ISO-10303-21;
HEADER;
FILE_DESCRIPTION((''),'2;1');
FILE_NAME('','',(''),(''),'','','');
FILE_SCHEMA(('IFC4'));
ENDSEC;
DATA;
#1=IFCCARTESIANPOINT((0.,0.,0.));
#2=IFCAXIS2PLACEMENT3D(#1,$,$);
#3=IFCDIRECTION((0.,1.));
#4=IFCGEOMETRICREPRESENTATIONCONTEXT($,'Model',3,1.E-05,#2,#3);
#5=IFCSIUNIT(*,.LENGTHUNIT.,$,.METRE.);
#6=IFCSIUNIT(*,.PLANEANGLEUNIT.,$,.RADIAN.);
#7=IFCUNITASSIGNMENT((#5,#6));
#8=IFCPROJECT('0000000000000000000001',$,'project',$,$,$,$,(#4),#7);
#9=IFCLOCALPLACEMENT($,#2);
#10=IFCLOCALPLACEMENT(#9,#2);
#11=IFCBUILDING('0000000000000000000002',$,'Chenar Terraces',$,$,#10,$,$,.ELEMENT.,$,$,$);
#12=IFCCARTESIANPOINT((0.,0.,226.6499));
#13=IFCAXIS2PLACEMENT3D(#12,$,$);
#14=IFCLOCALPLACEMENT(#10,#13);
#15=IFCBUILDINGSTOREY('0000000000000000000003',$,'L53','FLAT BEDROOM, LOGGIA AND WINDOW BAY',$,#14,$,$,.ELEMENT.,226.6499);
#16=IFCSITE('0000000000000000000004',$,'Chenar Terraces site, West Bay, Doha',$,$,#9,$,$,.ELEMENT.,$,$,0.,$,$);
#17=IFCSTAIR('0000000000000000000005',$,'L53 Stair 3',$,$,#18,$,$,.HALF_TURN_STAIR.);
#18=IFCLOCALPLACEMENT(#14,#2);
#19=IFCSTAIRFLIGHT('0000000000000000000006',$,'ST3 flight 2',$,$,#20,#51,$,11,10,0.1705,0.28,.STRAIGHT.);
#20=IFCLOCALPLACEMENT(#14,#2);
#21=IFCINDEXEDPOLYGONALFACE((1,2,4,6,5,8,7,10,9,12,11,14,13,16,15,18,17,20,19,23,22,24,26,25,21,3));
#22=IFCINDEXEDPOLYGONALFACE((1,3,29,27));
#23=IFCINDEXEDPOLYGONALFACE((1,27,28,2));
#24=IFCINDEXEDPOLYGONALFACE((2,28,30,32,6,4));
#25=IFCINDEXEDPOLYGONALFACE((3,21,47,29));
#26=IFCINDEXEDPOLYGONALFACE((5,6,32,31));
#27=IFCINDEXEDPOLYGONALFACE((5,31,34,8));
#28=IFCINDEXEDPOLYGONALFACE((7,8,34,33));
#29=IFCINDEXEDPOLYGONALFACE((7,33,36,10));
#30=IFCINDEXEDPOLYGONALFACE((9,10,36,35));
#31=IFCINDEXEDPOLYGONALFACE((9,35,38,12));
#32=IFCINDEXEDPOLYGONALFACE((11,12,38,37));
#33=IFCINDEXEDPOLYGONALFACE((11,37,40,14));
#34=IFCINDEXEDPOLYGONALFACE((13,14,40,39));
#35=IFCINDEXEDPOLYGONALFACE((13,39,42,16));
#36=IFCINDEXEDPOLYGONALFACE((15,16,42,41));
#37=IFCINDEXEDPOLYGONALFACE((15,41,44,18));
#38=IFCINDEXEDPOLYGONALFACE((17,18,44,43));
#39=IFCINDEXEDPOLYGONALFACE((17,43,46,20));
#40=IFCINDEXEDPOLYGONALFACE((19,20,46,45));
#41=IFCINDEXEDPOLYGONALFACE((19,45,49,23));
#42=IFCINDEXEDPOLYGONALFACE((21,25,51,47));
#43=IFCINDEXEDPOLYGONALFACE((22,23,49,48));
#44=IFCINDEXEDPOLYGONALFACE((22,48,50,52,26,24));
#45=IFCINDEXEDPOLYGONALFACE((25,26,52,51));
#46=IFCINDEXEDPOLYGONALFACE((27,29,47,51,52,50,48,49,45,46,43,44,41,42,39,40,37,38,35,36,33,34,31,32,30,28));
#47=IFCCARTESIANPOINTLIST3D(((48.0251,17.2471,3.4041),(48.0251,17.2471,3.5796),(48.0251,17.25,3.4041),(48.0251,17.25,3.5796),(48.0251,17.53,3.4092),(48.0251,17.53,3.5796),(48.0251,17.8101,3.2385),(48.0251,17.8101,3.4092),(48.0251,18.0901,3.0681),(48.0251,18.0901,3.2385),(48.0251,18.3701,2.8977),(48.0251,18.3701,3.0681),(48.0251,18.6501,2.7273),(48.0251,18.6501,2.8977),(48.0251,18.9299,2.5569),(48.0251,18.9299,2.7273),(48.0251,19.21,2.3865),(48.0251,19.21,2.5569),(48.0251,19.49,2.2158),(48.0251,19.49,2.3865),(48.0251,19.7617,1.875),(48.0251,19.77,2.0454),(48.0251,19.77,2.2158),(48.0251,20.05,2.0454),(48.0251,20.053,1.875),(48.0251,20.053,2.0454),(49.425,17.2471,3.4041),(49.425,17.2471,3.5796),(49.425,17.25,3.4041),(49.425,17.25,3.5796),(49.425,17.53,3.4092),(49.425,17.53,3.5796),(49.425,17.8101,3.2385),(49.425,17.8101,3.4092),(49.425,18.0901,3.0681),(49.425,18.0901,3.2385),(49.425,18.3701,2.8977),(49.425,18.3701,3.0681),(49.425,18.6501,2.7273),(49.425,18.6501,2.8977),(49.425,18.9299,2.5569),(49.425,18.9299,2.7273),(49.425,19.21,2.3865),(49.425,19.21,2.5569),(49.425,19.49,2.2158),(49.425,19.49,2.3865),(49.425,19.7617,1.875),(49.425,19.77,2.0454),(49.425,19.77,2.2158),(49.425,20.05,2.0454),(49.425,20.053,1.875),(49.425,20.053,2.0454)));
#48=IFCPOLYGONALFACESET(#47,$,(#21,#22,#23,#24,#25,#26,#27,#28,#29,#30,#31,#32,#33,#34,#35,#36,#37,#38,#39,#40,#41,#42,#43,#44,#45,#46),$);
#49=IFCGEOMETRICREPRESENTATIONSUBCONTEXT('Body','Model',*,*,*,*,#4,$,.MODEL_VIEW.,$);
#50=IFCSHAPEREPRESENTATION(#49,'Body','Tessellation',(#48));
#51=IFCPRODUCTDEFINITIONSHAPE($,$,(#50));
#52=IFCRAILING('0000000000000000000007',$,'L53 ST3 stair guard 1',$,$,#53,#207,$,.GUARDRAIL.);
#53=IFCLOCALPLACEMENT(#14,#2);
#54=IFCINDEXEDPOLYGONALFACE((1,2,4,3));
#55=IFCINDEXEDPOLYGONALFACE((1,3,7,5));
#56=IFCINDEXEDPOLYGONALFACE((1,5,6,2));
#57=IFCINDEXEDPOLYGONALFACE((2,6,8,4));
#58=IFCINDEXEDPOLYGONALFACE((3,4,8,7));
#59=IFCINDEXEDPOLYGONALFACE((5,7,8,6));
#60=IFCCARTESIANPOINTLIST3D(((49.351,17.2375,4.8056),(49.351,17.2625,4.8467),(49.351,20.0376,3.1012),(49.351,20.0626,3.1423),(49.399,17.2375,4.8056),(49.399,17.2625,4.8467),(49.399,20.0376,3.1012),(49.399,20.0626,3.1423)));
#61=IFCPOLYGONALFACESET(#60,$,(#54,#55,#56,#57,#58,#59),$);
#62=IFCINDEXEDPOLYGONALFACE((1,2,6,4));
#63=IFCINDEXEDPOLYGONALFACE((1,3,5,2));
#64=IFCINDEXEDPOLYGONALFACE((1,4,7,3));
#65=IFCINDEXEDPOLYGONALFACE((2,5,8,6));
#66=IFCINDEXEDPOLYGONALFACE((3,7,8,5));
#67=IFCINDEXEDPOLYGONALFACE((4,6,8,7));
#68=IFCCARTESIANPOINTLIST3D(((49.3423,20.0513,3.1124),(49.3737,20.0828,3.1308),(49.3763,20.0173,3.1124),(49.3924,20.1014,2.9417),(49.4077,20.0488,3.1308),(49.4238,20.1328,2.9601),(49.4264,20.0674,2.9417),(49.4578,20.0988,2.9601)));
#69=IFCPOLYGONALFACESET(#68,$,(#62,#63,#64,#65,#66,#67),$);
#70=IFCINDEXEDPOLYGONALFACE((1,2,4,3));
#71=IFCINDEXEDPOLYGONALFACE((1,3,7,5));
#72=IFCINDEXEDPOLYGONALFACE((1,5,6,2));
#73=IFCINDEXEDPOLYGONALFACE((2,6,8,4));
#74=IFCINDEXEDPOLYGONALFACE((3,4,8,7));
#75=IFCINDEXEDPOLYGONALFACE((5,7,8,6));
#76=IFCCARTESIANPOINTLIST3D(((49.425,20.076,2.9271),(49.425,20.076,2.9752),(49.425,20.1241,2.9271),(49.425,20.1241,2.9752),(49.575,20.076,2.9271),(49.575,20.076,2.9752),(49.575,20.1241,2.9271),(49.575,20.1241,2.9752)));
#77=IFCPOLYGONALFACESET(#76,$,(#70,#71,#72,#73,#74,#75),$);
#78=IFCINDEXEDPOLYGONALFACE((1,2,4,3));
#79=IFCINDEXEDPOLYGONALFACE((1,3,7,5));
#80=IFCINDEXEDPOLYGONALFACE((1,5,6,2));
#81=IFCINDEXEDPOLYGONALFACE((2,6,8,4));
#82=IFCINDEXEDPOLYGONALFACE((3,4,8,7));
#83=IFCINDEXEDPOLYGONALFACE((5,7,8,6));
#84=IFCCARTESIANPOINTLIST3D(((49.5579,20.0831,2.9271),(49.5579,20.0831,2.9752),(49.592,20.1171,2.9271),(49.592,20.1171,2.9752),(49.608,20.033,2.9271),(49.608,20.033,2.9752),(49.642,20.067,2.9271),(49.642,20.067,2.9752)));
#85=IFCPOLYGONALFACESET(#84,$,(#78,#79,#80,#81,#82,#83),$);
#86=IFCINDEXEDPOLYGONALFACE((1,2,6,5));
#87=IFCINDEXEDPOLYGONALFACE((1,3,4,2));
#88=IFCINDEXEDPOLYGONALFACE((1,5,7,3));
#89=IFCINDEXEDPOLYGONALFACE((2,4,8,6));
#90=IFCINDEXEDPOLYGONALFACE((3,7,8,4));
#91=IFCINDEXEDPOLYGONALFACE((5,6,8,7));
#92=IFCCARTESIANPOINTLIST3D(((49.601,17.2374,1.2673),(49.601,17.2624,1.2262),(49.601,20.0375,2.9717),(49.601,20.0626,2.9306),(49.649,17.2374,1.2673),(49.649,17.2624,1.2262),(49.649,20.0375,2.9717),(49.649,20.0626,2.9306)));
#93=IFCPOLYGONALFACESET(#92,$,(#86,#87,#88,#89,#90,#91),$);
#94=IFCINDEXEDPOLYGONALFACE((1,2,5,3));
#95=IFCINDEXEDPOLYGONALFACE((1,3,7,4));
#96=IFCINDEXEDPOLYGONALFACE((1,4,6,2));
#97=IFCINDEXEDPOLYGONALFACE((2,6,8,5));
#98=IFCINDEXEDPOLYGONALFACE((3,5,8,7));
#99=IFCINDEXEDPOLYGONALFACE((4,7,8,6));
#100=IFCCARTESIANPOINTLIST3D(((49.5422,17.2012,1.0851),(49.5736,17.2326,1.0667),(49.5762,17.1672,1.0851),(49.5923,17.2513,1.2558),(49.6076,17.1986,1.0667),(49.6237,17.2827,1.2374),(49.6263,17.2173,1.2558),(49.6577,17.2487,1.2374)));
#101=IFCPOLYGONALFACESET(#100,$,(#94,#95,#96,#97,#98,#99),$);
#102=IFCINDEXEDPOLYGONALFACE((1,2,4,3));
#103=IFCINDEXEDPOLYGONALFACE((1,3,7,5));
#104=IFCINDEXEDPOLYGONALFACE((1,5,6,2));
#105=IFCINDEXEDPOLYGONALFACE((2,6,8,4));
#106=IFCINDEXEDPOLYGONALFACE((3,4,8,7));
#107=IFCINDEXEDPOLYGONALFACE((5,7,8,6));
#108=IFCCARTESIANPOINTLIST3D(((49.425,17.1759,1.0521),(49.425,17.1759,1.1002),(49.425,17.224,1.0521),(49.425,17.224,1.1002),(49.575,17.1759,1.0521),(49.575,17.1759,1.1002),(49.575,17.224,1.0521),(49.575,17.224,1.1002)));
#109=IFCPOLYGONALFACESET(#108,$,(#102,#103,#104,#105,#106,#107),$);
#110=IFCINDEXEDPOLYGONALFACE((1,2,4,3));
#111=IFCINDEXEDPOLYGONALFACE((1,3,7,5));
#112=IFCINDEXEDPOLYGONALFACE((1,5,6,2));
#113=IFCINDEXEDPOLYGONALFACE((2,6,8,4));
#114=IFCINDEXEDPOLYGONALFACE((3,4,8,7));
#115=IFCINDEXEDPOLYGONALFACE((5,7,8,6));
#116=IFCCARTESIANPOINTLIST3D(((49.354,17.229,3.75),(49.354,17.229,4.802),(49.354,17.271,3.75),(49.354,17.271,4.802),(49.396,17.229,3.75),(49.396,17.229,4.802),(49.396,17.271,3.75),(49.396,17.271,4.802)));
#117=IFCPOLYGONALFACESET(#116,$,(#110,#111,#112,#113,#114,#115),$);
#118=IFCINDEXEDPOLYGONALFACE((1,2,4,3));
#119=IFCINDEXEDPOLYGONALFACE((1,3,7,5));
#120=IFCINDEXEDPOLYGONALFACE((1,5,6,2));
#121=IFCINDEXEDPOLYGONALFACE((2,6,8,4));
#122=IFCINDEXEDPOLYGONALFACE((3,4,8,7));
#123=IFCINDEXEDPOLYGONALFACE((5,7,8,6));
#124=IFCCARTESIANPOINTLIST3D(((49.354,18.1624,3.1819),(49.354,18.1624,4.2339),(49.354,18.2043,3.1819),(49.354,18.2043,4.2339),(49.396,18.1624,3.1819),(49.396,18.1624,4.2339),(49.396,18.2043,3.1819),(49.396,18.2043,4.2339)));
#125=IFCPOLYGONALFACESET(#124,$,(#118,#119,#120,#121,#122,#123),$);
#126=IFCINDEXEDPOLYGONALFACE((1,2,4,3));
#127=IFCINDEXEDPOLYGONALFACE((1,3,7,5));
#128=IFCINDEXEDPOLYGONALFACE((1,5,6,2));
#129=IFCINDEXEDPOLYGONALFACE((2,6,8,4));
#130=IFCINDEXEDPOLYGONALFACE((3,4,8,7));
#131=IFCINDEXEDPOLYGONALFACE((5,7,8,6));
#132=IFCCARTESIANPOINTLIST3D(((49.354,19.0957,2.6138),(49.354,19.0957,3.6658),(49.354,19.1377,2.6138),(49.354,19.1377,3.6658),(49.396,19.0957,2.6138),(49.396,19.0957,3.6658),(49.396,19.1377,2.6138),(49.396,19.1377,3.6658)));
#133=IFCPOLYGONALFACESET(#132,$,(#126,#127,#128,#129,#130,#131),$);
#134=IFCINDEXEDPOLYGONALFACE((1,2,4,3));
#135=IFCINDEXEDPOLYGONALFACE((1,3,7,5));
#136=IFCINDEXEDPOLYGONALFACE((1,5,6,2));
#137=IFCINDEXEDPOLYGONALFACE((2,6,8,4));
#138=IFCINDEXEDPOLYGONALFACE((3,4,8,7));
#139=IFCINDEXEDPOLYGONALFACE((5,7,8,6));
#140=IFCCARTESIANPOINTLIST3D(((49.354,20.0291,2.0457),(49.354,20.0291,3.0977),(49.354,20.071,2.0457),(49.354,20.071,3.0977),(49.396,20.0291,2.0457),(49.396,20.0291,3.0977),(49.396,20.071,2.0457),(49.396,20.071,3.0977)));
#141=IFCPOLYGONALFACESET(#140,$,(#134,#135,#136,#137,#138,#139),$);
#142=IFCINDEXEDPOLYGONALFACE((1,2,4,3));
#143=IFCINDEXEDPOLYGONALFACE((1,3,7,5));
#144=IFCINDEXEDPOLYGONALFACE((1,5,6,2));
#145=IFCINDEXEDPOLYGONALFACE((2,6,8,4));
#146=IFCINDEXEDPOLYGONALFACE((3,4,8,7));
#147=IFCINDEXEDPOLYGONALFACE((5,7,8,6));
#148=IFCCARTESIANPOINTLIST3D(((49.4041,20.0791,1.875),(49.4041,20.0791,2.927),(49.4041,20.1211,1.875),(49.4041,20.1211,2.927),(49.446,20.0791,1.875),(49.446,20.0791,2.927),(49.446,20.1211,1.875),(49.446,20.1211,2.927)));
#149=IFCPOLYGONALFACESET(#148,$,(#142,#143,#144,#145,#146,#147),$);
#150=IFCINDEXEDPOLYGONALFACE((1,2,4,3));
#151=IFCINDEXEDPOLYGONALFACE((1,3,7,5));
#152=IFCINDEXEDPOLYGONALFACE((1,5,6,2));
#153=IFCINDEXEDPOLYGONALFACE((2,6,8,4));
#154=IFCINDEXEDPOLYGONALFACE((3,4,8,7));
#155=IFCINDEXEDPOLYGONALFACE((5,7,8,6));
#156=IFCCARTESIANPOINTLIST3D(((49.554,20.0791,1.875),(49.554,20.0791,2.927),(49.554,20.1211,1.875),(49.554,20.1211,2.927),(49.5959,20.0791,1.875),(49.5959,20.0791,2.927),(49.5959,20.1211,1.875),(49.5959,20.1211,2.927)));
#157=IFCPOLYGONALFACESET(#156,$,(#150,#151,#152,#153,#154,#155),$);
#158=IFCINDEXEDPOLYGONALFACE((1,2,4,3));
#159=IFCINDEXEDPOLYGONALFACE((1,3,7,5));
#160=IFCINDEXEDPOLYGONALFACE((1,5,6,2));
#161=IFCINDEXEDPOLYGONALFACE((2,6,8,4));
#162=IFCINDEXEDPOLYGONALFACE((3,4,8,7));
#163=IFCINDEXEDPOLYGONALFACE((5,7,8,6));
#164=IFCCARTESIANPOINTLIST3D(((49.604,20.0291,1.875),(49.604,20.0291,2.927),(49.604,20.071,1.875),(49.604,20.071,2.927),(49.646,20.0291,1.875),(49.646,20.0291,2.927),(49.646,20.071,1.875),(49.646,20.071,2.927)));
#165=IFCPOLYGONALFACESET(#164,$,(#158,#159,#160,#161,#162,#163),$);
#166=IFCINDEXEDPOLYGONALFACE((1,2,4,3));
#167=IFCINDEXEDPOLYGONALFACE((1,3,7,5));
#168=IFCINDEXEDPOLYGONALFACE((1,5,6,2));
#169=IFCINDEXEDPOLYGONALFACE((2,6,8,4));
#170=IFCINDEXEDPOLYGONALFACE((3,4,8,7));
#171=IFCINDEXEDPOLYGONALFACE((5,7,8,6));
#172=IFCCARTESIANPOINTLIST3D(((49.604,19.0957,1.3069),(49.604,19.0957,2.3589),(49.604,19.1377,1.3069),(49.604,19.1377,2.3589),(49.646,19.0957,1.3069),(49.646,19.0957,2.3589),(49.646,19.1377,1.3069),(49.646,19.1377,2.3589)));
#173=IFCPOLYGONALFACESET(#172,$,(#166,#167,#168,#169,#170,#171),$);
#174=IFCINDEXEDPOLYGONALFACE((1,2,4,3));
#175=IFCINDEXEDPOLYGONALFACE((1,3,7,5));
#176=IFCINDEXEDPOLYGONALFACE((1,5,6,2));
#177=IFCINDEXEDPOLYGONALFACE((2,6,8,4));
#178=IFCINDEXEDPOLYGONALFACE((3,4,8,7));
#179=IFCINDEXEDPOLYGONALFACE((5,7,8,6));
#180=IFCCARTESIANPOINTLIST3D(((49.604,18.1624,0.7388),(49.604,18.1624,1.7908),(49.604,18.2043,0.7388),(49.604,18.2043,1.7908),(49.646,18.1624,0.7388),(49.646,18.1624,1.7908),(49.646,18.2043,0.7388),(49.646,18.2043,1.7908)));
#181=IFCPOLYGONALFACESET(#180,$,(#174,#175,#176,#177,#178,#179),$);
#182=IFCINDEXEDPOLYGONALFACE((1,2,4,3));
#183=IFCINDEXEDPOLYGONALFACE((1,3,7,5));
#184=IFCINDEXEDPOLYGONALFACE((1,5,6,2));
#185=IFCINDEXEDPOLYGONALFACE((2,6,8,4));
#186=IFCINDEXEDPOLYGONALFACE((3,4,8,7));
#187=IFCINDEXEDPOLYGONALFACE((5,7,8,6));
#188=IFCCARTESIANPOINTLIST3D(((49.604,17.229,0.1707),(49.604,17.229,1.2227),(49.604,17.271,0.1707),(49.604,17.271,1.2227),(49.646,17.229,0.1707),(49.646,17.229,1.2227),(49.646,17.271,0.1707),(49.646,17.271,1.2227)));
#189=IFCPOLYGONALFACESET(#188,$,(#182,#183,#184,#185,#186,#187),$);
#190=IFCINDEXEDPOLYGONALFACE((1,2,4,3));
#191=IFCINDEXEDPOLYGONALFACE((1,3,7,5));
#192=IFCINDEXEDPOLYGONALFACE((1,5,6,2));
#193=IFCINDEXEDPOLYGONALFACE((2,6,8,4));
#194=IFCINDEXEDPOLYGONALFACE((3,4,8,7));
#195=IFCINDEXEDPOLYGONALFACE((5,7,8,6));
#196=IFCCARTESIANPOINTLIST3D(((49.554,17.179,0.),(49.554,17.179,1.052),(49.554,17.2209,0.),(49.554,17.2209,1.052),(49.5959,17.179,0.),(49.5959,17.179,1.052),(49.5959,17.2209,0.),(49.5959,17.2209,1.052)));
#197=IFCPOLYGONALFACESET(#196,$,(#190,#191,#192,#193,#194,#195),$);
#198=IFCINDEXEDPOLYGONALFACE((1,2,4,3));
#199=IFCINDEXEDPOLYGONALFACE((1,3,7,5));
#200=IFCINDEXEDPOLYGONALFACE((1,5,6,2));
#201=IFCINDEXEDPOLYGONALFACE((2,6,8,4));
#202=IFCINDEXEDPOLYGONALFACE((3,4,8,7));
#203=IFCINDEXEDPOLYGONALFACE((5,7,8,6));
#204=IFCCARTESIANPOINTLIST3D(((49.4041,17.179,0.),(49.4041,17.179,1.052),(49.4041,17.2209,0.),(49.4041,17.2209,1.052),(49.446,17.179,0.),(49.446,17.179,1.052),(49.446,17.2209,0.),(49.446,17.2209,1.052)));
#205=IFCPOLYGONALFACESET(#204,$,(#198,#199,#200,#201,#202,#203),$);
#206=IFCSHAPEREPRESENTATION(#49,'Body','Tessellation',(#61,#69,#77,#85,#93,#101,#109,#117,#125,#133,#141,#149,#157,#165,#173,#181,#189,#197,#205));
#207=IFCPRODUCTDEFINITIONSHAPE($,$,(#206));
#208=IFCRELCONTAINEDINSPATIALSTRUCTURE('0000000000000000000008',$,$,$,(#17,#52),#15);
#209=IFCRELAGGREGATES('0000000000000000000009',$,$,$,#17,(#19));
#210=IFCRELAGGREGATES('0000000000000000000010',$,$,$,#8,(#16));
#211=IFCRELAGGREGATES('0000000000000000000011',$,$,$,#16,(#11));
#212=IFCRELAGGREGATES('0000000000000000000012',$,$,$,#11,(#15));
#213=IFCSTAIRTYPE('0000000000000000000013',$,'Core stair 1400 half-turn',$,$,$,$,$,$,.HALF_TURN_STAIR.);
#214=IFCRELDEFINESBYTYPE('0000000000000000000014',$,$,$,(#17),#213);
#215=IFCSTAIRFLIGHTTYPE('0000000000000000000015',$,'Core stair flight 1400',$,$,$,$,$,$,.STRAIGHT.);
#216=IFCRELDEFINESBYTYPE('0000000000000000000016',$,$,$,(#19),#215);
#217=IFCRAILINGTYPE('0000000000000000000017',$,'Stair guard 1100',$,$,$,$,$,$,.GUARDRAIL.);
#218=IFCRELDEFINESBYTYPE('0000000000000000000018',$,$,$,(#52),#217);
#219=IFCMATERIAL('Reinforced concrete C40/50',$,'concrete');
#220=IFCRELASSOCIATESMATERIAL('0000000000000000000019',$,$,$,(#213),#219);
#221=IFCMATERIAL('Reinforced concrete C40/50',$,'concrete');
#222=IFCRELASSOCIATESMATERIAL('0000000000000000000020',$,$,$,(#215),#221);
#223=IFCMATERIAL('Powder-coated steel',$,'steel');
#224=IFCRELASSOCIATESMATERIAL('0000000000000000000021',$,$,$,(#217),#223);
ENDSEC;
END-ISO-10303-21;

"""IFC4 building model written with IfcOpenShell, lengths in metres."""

from ifc_helpers import new_model, si_unit, direction, frame, origin, origin_2d, place, context, subcontext, project, spatial, polyline, rectangle, outline, extrude, material, type_object, element, aggregate, save


model = new_model("IFC4")

# Units and contexts
model_context = context("Model", 3, precision=1e-05, world=origin(), true_north=direction((0.0, 1.0)))
body_context = subcontext(model_context, "Body", "Model", "MODEL_VIEW")
ifc_project = project(units=[si_unit("LENGTHUNIT", "METRE"), si_unit("PLANEANGLEUNIT", "RADIAN")], contexts=[model_context])

# Site, building, storey
site_placement = place(None, origin())
site = spatial("IfcSite", under=ifc_project, at=site_placement, Name="Chenar Terraces site, West Bay, Doha", CompositionType="ELEMENT", RefElevation=0.0)
building_placement = place(site_placement, origin())
building = spatial("IfcBuilding", under=site, at=building_placement, Name="Chenar Terraces", CompositionType="ELEMENT")
storey_placement = place(building_placement, frame((0.0, 0.0, 226.6499)))
storey = spatial("IfcBuildingStorey", under=building, at=storey_placement, Name="L53", Description="FLAT BEDROOM, LOGGIA AND WINDOW BAY", CompositionType="ELEMENT", Elevation=226.6499)

# Stair, stair flight
ifc_material_1 = material(Name="Reinforced concrete C40/50", Category="concrete")
stair_type = type_object("IfcStairType", Name="Core stair 1400 half-turn", PredefinedType="HALF_TURN_STAIR", material=ifc_material_1)
stair_placement = place(storey_placement, origin())
stair = element("IfcStair", 1, at=stair_placement, inside=storey, type_object=stair_type, Name="L53 Stair 3", PredefinedType="HALF_TURN_STAIR")
ifc_material_2 = material(Name="Reinforced concrete C40/50", Category="concrete")
stair_flight_type = type_object("IfcStairFlightType", Name="Core stair flight 1400", PredefinedType="STRAIGHT", material=ifc_material_2)
stair_flight_1_placement = place(storey_placement, frame((48.7251, 20.05, 1.875), z_axis=(0.0, 0.0, 1.0), x_axis=(0.0, -1.0, 0.0)))
stair_flight_1 = element("IfcStairFlight", 2, at=stair_flight_1_placement, type_object=stair_flight_type, Name="ST3 flight 2", NumberOfRisers=11, NumberOfTreads=10, PredefinedType="STRAIGHT", RiserHeight=0.1705, TreadLength=0.28, context=body_context, shape_type="SweptSolid", body=[
    extrude(outline(polyline([(-0.0029, 0.0), (-0.0029, 0.1704), (0.0, 0.1704), (0.28, 0.1704), (0.28, 0.3408), (0.5601, 0.3408), (0.5601, 0.5115), (0.8401, 0.5115), (0.8401, 0.6819), (1.1201, 0.6819), (1.1201, 0.8523), (1.3999, 0.8523), (1.3999, 1.0227), (1.6799, 1.0227), (1.6799, 1.1931), (1.96, 1.1931), (1.96, 1.3635), (2.24, 1.3635), (2.24, 1.5342), (2.52, 1.5342), (2.52, 1.7046), (2.8, 1.7046), (2.803, 1.7046), (2.803, 1.5291), (2.8, 1.5291), (0.2883, 0.0), (-0.0029, 0.0)])), frame((0.0, 0.7, 0.0), z_axis=(0.0, -1.0, 0.0), x_axis=(1.0, 0.0, 0.0)), (0.0, 0.0, 1.0), 1.3999),
])
aggregate(stair, [stair_flight_1])

# Railing
ifc_material_3 = material(Name="Powder-coated steel", Category="steel")
railing_type_1 = type_object("IfcRailingType", Name="Stair guard 1100", PredefinedType="GUARDRAIL", material=ifc_material_3)
railing_1_placement = place(storey_placement, frame((49.375, 17.25, 3.75)))
element("IfcRailing", 3, at=railing_1_placement, inside=storey, type_object=railing_type_1, Name="L53 ST3 stair guard 1", PredefinedType="GUARDRAIL", context=body_context, shape_type="SweptSolid", body=[
    extrude(rectangle(XDim=0.0481, YDim=0.0481, at=origin_2d()), frame((0.0, 0.0, 1.0762), z_axis=(0.0, 0.854203, -0.51994), x_axis=(-1.0, 0.0, 0.0)), (0.0, 0.0, 1.0), 3.2781),
    extrude(rectangle(XDim=0.0481, YDim=0.0481, at=origin_2d()), frame((0.0, 2.8, -0.6284), z_axis=(0.2709, 0.2709, -0.923703), x_axis=(-0.707107, 0.707107, 0.0)), (0.0, 0.0, 1.0), 0.1848),
    extrude(rectangle(XDim=0.0481, YDim=0.0481, at=origin_2d()), frame((0.05, 2.8501, -0.7988), z_axis=(1.0, 0.0, 0.0), x_axis=(0.0, 1.0, 0.0)), (0.0, 0.0, 1.0), 0.1499),
    extrude(rectangle(XDim=0.0481, YDim=0.0481, at=origin_2d()), frame((0.2, 2.8501, -0.7988), z_axis=(0.707107, -0.707107, 0.0), x_axis=(0.707107, 0.707107, 0.0)), (0.0, 0.0, 1.0), 0.0708),
    extrude(rectangle(XDim=0.0481, YDim=0.0481, at=origin_2d()), frame((0.25, 2.8, -0.7988), z_axis=(0.0, -0.854203, -0.51994), x_axis=(1.0, 0.0, 0.0)), (0.0, 0.0, 1.0), 3.2781),
    extrude(rectangle(XDim=0.0481, YDim=0.0481, at=origin_2d()), frame((0.25, 0.0, -2.5034), z_axis=(-0.2709, -0.2709, -0.923703), x_axis=(0.707107, -0.707107, 0.0)), (0.0, 0.0, 1.0), 0.1848),
    extrude(rectangle(XDim=0.0481, YDim=0.0481, at=origin_2d()), frame((0.2, -0.05, -2.6738), z_axis=(-1.0, 0.0, 0.0), x_axis=(0.0, -1.0, 0.0)), (0.0, 0.0, 1.0), 0.1499),
    extrude(rectangle(XDim=0.042, YDim=0.042, at=origin_2d()), origin(), (0.0, 0.0, 1.0), 1.052),
    extrude(rectangle(XDim=0.042, YDim=0.042, at=origin_2d()), frame((0.0, 0.9333, -0.5681)), (0.0, 0.0, 1.0), 1.052),
    extrude(rectangle(XDim=0.042, YDim=0.042, at=origin_2d()), frame((0.0, 1.8667, -1.1362)), (0.0, 0.0, 1.0), 1.052),
    extrude(rectangle(XDim=0.042, YDim=0.042, at=origin_2d()), frame((0.0, 2.8, -1.7043)), (0.0, 0.0, 1.0), 1.052),
    extrude(rectangle(XDim=0.042, YDim=0.042, at=origin_2d()), frame((0.05, 2.8501, -1.875)), (0.0, 0.0, 1.0), 1.052),
    extrude(rectangle(XDim=0.042, YDim=0.042, at=origin_2d()), frame((0.2, 2.8501, -1.875)), (0.0, 0.0, 1.0), 1.052),
    extrude(rectangle(XDim=0.042, YDim=0.042, at=origin_2d()), frame((0.25, 2.8, -1.875)), (0.0, 0.0, 1.0), 1.052),
    extrude(rectangle(XDim=0.042, YDim=0.042, at=origin_2d()), frame((0.25, 1.8667, -2.4431)), (0.0, 0.0, 1.0), 1.052),
    extrude(rectangle(XDim=0.042, YDim=0.042, at=origin_2d()), frame((0.25, 0.9333, -3.0112)), (0.0, 0.0, 1.0), 1.052),
    extrude(rectangle(XDim=0.042, YDim=0.042, at=origin_2d()), frame((0.25, 0.0, -3.5793)), (0.0, 0.0, 1.0), 1.052),
    extrude(rectangle(XDim=0.042, YDim=0.042, at=origin_2d()), frame((0.2, -0.05, -3.75)), (0.0, 0.0, 1.0), 1.052),
    extrude(rectangle(XDim=0.042, YDim=0.042, at=origin_2d()), frame((0.05, -0.05, -3.75)), (0.0, 0.0, 1.0), 1.052),
])

save(model, "model.ifc")
